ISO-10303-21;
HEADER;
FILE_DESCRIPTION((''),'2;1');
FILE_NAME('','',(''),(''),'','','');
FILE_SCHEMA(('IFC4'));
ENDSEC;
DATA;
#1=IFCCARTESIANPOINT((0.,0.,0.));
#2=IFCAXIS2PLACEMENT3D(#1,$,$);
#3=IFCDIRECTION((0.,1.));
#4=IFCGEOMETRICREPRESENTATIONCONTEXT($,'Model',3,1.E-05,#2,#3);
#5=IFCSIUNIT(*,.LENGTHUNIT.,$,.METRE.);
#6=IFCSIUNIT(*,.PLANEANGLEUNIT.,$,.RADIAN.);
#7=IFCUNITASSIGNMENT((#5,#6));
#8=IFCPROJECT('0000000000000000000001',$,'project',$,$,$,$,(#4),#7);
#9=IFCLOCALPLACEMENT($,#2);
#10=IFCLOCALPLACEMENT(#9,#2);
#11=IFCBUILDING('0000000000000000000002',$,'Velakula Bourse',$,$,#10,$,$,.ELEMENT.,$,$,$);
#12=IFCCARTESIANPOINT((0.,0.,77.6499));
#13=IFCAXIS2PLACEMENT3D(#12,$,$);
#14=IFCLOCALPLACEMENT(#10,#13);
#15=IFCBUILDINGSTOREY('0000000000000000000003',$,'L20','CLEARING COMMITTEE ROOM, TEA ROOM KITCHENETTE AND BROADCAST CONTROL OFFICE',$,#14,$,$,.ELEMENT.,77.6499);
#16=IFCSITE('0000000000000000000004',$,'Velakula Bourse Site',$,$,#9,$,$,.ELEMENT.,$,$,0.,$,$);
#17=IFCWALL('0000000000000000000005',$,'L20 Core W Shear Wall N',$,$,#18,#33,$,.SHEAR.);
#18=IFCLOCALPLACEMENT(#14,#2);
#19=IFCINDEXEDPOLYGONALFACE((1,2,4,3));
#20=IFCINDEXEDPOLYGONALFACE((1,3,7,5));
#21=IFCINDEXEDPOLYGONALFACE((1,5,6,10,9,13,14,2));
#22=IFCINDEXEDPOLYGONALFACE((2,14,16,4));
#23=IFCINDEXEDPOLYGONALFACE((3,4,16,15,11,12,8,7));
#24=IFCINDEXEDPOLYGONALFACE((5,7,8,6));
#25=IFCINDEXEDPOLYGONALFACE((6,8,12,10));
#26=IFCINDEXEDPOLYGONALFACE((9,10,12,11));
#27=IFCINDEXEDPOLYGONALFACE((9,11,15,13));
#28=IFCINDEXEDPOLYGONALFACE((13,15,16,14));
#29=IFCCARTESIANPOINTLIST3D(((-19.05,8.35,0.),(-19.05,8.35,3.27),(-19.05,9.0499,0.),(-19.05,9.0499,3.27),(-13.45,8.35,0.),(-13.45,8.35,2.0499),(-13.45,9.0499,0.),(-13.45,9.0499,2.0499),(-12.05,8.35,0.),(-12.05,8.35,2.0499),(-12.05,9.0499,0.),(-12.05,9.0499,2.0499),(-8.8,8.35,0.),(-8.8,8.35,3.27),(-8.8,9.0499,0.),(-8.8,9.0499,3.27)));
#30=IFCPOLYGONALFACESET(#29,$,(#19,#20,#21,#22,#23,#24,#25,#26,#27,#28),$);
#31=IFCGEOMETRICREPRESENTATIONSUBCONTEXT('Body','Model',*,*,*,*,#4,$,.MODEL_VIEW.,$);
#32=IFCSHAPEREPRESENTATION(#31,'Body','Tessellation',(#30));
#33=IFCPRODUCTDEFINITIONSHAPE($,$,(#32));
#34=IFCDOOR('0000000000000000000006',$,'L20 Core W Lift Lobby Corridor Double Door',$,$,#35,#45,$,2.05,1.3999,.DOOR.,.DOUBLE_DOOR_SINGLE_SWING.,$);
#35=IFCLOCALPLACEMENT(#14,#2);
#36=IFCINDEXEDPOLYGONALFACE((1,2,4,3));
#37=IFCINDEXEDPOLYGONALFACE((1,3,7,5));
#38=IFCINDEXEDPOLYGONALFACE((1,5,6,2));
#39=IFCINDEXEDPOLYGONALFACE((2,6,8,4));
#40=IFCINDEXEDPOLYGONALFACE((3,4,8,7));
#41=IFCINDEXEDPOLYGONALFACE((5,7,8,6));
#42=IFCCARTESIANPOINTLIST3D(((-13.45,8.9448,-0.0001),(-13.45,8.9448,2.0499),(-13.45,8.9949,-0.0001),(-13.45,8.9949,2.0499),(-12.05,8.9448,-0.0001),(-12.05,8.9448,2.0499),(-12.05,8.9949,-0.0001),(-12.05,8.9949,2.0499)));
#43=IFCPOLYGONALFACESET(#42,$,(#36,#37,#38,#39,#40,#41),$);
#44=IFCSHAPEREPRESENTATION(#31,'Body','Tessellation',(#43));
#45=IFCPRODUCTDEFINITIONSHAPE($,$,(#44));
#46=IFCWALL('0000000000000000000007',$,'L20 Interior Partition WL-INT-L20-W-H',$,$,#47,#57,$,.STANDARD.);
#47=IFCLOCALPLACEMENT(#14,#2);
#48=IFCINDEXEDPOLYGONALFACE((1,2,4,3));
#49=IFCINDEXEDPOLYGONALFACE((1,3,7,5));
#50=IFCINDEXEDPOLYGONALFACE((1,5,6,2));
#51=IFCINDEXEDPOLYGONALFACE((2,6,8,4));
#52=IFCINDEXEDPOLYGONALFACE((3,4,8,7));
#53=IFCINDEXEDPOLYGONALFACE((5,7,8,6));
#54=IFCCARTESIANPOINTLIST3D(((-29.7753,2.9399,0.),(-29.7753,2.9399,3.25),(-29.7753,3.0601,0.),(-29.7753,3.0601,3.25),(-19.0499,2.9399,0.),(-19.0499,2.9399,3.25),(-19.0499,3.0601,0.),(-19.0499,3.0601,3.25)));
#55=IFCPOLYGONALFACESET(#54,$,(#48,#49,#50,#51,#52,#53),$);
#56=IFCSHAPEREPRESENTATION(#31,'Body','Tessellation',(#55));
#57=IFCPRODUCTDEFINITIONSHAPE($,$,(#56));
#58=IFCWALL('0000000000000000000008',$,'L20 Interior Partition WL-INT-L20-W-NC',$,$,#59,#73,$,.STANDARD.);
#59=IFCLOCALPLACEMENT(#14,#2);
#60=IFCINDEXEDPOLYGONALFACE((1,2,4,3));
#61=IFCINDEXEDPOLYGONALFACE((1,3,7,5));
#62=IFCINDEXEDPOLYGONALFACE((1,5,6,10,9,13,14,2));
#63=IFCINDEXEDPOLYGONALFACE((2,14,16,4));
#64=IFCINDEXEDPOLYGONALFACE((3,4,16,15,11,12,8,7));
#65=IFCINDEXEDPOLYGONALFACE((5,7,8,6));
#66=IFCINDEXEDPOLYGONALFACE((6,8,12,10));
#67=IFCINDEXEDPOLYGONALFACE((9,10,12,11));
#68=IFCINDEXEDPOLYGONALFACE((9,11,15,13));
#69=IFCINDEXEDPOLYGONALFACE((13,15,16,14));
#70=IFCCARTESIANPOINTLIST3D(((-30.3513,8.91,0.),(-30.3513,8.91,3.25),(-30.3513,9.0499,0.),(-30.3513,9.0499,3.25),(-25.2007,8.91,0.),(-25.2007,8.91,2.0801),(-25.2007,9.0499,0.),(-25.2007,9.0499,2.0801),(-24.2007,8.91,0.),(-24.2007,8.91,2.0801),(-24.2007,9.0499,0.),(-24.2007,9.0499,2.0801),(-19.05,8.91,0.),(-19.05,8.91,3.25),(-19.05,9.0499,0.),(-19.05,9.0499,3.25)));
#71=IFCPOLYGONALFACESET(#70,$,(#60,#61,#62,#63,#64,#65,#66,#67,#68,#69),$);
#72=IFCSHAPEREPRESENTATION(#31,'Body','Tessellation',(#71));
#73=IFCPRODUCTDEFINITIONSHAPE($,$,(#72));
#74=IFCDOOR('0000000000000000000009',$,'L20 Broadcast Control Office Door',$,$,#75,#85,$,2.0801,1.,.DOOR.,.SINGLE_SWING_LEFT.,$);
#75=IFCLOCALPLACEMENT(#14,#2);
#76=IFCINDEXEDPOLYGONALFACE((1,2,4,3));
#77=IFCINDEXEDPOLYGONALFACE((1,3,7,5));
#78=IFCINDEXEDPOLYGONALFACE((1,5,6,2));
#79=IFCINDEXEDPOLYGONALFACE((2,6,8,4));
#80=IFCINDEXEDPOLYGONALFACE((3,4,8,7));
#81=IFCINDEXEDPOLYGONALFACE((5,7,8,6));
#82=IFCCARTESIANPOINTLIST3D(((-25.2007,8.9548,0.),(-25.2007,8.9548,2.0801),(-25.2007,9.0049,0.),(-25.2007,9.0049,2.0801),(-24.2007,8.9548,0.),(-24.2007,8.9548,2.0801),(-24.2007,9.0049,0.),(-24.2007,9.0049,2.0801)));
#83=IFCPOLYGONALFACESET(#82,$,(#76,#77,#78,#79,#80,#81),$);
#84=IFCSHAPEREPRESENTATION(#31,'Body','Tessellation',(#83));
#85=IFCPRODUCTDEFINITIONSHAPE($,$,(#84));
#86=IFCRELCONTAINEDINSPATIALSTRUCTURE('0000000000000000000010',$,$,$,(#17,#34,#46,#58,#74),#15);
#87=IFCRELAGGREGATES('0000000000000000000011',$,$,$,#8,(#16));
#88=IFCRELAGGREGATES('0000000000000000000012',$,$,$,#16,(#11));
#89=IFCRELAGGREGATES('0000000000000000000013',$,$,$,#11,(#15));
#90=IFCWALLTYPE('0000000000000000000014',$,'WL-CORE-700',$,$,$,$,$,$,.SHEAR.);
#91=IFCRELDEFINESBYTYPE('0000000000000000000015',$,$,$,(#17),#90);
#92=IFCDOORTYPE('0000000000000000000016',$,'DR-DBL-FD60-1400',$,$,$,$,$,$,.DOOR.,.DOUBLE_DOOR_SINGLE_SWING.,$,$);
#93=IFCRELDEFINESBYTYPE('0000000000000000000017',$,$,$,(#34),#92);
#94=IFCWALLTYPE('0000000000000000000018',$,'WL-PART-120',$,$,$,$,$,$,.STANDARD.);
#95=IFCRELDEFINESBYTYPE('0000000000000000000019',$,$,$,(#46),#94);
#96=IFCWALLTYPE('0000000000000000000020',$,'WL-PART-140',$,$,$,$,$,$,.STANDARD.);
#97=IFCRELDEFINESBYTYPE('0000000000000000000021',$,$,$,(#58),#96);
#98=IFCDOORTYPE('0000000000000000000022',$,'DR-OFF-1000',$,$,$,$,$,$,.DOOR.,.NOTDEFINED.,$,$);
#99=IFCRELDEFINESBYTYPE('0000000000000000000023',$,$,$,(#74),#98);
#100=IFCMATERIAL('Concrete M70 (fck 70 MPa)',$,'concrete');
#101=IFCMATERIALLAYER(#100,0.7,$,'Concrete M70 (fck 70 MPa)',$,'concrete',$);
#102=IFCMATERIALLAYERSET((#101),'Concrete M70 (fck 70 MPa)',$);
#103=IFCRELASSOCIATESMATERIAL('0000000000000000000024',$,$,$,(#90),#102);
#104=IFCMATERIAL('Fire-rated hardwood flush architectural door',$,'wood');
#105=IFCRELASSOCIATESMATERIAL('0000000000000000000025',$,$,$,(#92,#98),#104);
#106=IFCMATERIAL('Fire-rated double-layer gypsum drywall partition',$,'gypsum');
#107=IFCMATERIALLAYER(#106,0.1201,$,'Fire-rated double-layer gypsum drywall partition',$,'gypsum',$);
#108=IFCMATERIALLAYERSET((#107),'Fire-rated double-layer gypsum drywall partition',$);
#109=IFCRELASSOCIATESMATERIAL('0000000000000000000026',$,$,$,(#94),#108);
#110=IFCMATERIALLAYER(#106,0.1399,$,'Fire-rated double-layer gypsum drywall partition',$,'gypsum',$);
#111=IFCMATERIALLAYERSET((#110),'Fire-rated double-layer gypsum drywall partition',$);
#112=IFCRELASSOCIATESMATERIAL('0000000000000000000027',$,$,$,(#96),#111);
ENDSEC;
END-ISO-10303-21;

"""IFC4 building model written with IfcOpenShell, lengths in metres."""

from ifc_helpers import new_model, si_unit, direction, frame, frame_2d, origin, place, context, subcontext, project, spatial, rectangle, extrude, material, layer, layer_set, type_object, element, fill, save


model = new_model("IFC4")

# Units and contexts
model_context = context("Model", 3, precision=1e-05, world=origin(), true_north=direction((0.0, 1.0)))
body_context = subcontext(model_context, "Body", "Model", "MODEL_VIEW")
ifc_project = project(units=[si_unit("LENGTHUNIT", "METRE"), si_unit("PLANEANGLEUNIT", "RADIAN")], contexts=[model_context])

# Site, building, storey
site_placement = place(None, origin())
site = spatial("IfcSite", under=ifc_project, at=site_placement, Name="Velakula Bourse Site", CompositionType="ELEMENT", RefElevation=0.0)
building_placement = place(site_placement, origin())
building = spatial("IfcBuilding", under=site, at=building_placement, Name="Velakula Bourse", CompositionType="ELEMENT")
storey_placement = place(building_placement, frame((0.0, 0.0, 77.6499)))
storey = spatial("IfcBuildingStorey", under=building, at=storey_placement, Name="L20", Description="CLEARING COMMITTEE ROOM, TEA ROOM KITCHENETTE AND BROADCAST CONTROL OFFICE", CompositionType="ELEMENT", Elevation=77.6499)

# Shared definitions
ifc_material_1 = material(Name="Concrete M70 (fck 70 MPa)", Category="concrete")

# Wall, opening, door
ifc_layer_1 = layer(ifc_material_1, 0.7, Name="Concrete M70 (fck 70 MPa)", Category="concrete")
ifc_layer_set_1 = layer_set([ifc_layer_1], Name="Concrete M70 (fck 70 MPa)")
wall_type_1 = type_object("IfcWallType", Name="WL-CORE-700", PredefinedType="SHEAR", material=ifc_layer_set_1)
wall_1_placement = place(storey_placement, frame((-19.05, 8.7, 0.0), z_axis=(0.0, 0.0, 1.0), x_axis=(1.0, 0.0, 0.0)))
wall_1 = element("IfcWall", 1, at=wall_1_placement, inside=storey, type_object=wall_type_1, Name="L20 Core W Shear Wall N", PredefinedType="SHEAR", context=body_context, shape_type="SweptSolid", body=[
    extrude(rectangle(XDim=10.25, YDim=0.7, at=frame_2d((5.125, 0.0))), origin(), (0.0, 0.0, 1.0), 3.27),
])
opening_1_placement = place(wall_1_placement, frame((5.6001, 0.0, 0.0)))
opening_1 = element("IfcOpeningElement", 2, at=opening_1_placement, cuts=wall_1, PredefinedType="OPENING", context=body_context, shape_type="SweptSolid", body=[
    extrude(rectangle(XDim=1.3999, YDim=2.05, at=frame_2d((0.7, 1.0249))), frame((0.0, 0.3599, 0.0), z_axis=(0.0, -1.0, 0.0), x_axis=(1.0, 0.0, 0.0)), (0.0, 0.0, 1.0), 0.72),
])
ifc_material_2 = material(Name="Fire-rated hardwood flush architectural door", Category="wood")
door_type_1 = type_object("IfcDoorType", Name="DR-DBL-FD60-1400", OperationType="DOUBLE_DOOR_SINGLE_SWING", PredefinedType="DOOR", material=ifc_material_2)
door_1_placement = place(opening_1_placement, origin())
door_1 = element("IfcDoor", 3, at=door_1_placement, inside=storey, type_object=door_type_1, Name="L20 Core W Lift Lobby Corridor Double Door", OperationType="DOUBLE_DOOR_SINGLE_SWING", OverallHeight=2.05, OverallWidth=1.3999, PredefinedType="DOOR", context=body_context, shape_type="SweptSolid", body=[
    extrude(rectangle(XDim=1.3999, YDim=2.05, at=frame_2d((0.7, 1.0249))), frame((0.0, 0.2949, 0.0), z_axis=(0.0, -1.0, 0.0), x_axis=(1.0, 0.0, 0.0)), (0.0, 0.0, 1.0), 0.05),
])
fill(opening_1, door_1)

# Wall
ifc_material_3 = material(Name="Fire-rated double-layer gypsum drywall partition", Category="gypsum")
ifc_layer_2 = layer(ifc_material_3, 0.1201, Name="Fire-rated double-layer gypsum drywall partition", Category="gypsum")
ifc_layer_set_2 = layer_set([ifc_layer_2], Name="Fire-rated double-layer gypsum drywall partition")
wall_type_2 = type_object("IfcWallType", Name="WL-PART-120", PredefinedType="STANDARD", material=ifc_layer_set_2)
wall_2_placement = place(storey_placement, frame((-29.7754, 3.0, 0.0), z_axis=(0.0, 0.0, 1.0), x_axis=(1.0, 0.0, 0.0)))
element("IfcWall", 4, at=wall_2_placement, inside=storey, type_object=wall_type_2, Name="L20 Interior Partition WL-INT-L20-W-H", PredefinedType="STANDARD", context=body_context, shape_type="SweptSolid", body=[
    extrude(rectangle(XDim=10.7253, YDim=0.1201, at=frame_2d((5.3628, 0.0))), origin(), (0.0, 0.0, 1.0), 3.25),
])

# Wall, opening, door
ifc_layer_3 = layer(ifc_material_3, 0.1399, Name="Fire-rated double-layer gypsum drywall partition", Category="gypsum")
ifc_layer_set_3 = layer_set([ifc_layer_3], Name="Fire-rated double-layer gypsum drywall partition")
wall_type_3 = type_object("IfcWallType", Name="WL-PART-140", PredefinedType="STANDARD", material=ifc_layer_set_3)
wall_3_placement = place(storey_placement, frame((-30.3513, 8.98, 0.0), z_axis=(0.0, 0.0, 1.0), x_axis=(1.0, 0.0, 0.0)))
wall_3 = element("IfcWall", 5, at=wall_3_placement, inside=storey, type_object=wall_type_3, Name="L20 Interior Partition WL-INT-L20-W-NC", PredefinedType="STANDARD", context=body_context, shape_type="SweptSolid", body=[
    extrude(rectangle(XDim=11.3013, YDim=0.1399, at=frame_2d((5.6506, 0.0))), origin(), (0.0, 0.0, 1.0), 3.25),
])
opening_2_placement = place(wall_3_placement, frame((5.1506, 0.0, 0.0)))
opening_2 = element("IfcOpeningElement", 6, at=opening_2_placement, cuts=wall_3, PredefinedType="OPENING", context=body_context, shape_type="SweptSolid", body=[
    extrude(rectangle(XDim=1.0, YDim=2.0801, at=frame_2d((0.5, 1.04))), frame((0.0, 0.0798, 0.0), z_axis=(0.0, -1.0, 0.0), x_axis=(1.0, 0.0, 0.0)), (0.0, 0.0, 1.0), 0.1599),
])
door_type_2 = type_object("IfcDoorType", Name="DR-OFF-1000", OperationType="NOTDEFINED", PredefinedType="DOOR", material=ifc_material_2)
door_2_placement = place(opening_2_placement, origin())
door_2 = element("IfcDoor", 7, at=door_2_placement, inside=storey, type_object=door_type_2, Name="L20 Broadcast Control Office Door", OperationType="SINGLE_SWING_LEFT", OverallHeight=2.0801, OverallWidth=1.0, PredefinedType="DOOR", context=body_context, shape_type="SweptSolid", body=[
    extrude(rectangle(XDim=1.0, YDim=2.0801, at=frame_2d((0.5, 1.04))), frame((0.0, 0.0249, 0.0), z_axis=(0.0, -1.0, 0.0), x_axis=(1.0, 0.0, 0.0)), (0.0, 0.0, 1.0), 0.05),
])
fill(opening_2, door_2)

save(model, "model.ifc")
